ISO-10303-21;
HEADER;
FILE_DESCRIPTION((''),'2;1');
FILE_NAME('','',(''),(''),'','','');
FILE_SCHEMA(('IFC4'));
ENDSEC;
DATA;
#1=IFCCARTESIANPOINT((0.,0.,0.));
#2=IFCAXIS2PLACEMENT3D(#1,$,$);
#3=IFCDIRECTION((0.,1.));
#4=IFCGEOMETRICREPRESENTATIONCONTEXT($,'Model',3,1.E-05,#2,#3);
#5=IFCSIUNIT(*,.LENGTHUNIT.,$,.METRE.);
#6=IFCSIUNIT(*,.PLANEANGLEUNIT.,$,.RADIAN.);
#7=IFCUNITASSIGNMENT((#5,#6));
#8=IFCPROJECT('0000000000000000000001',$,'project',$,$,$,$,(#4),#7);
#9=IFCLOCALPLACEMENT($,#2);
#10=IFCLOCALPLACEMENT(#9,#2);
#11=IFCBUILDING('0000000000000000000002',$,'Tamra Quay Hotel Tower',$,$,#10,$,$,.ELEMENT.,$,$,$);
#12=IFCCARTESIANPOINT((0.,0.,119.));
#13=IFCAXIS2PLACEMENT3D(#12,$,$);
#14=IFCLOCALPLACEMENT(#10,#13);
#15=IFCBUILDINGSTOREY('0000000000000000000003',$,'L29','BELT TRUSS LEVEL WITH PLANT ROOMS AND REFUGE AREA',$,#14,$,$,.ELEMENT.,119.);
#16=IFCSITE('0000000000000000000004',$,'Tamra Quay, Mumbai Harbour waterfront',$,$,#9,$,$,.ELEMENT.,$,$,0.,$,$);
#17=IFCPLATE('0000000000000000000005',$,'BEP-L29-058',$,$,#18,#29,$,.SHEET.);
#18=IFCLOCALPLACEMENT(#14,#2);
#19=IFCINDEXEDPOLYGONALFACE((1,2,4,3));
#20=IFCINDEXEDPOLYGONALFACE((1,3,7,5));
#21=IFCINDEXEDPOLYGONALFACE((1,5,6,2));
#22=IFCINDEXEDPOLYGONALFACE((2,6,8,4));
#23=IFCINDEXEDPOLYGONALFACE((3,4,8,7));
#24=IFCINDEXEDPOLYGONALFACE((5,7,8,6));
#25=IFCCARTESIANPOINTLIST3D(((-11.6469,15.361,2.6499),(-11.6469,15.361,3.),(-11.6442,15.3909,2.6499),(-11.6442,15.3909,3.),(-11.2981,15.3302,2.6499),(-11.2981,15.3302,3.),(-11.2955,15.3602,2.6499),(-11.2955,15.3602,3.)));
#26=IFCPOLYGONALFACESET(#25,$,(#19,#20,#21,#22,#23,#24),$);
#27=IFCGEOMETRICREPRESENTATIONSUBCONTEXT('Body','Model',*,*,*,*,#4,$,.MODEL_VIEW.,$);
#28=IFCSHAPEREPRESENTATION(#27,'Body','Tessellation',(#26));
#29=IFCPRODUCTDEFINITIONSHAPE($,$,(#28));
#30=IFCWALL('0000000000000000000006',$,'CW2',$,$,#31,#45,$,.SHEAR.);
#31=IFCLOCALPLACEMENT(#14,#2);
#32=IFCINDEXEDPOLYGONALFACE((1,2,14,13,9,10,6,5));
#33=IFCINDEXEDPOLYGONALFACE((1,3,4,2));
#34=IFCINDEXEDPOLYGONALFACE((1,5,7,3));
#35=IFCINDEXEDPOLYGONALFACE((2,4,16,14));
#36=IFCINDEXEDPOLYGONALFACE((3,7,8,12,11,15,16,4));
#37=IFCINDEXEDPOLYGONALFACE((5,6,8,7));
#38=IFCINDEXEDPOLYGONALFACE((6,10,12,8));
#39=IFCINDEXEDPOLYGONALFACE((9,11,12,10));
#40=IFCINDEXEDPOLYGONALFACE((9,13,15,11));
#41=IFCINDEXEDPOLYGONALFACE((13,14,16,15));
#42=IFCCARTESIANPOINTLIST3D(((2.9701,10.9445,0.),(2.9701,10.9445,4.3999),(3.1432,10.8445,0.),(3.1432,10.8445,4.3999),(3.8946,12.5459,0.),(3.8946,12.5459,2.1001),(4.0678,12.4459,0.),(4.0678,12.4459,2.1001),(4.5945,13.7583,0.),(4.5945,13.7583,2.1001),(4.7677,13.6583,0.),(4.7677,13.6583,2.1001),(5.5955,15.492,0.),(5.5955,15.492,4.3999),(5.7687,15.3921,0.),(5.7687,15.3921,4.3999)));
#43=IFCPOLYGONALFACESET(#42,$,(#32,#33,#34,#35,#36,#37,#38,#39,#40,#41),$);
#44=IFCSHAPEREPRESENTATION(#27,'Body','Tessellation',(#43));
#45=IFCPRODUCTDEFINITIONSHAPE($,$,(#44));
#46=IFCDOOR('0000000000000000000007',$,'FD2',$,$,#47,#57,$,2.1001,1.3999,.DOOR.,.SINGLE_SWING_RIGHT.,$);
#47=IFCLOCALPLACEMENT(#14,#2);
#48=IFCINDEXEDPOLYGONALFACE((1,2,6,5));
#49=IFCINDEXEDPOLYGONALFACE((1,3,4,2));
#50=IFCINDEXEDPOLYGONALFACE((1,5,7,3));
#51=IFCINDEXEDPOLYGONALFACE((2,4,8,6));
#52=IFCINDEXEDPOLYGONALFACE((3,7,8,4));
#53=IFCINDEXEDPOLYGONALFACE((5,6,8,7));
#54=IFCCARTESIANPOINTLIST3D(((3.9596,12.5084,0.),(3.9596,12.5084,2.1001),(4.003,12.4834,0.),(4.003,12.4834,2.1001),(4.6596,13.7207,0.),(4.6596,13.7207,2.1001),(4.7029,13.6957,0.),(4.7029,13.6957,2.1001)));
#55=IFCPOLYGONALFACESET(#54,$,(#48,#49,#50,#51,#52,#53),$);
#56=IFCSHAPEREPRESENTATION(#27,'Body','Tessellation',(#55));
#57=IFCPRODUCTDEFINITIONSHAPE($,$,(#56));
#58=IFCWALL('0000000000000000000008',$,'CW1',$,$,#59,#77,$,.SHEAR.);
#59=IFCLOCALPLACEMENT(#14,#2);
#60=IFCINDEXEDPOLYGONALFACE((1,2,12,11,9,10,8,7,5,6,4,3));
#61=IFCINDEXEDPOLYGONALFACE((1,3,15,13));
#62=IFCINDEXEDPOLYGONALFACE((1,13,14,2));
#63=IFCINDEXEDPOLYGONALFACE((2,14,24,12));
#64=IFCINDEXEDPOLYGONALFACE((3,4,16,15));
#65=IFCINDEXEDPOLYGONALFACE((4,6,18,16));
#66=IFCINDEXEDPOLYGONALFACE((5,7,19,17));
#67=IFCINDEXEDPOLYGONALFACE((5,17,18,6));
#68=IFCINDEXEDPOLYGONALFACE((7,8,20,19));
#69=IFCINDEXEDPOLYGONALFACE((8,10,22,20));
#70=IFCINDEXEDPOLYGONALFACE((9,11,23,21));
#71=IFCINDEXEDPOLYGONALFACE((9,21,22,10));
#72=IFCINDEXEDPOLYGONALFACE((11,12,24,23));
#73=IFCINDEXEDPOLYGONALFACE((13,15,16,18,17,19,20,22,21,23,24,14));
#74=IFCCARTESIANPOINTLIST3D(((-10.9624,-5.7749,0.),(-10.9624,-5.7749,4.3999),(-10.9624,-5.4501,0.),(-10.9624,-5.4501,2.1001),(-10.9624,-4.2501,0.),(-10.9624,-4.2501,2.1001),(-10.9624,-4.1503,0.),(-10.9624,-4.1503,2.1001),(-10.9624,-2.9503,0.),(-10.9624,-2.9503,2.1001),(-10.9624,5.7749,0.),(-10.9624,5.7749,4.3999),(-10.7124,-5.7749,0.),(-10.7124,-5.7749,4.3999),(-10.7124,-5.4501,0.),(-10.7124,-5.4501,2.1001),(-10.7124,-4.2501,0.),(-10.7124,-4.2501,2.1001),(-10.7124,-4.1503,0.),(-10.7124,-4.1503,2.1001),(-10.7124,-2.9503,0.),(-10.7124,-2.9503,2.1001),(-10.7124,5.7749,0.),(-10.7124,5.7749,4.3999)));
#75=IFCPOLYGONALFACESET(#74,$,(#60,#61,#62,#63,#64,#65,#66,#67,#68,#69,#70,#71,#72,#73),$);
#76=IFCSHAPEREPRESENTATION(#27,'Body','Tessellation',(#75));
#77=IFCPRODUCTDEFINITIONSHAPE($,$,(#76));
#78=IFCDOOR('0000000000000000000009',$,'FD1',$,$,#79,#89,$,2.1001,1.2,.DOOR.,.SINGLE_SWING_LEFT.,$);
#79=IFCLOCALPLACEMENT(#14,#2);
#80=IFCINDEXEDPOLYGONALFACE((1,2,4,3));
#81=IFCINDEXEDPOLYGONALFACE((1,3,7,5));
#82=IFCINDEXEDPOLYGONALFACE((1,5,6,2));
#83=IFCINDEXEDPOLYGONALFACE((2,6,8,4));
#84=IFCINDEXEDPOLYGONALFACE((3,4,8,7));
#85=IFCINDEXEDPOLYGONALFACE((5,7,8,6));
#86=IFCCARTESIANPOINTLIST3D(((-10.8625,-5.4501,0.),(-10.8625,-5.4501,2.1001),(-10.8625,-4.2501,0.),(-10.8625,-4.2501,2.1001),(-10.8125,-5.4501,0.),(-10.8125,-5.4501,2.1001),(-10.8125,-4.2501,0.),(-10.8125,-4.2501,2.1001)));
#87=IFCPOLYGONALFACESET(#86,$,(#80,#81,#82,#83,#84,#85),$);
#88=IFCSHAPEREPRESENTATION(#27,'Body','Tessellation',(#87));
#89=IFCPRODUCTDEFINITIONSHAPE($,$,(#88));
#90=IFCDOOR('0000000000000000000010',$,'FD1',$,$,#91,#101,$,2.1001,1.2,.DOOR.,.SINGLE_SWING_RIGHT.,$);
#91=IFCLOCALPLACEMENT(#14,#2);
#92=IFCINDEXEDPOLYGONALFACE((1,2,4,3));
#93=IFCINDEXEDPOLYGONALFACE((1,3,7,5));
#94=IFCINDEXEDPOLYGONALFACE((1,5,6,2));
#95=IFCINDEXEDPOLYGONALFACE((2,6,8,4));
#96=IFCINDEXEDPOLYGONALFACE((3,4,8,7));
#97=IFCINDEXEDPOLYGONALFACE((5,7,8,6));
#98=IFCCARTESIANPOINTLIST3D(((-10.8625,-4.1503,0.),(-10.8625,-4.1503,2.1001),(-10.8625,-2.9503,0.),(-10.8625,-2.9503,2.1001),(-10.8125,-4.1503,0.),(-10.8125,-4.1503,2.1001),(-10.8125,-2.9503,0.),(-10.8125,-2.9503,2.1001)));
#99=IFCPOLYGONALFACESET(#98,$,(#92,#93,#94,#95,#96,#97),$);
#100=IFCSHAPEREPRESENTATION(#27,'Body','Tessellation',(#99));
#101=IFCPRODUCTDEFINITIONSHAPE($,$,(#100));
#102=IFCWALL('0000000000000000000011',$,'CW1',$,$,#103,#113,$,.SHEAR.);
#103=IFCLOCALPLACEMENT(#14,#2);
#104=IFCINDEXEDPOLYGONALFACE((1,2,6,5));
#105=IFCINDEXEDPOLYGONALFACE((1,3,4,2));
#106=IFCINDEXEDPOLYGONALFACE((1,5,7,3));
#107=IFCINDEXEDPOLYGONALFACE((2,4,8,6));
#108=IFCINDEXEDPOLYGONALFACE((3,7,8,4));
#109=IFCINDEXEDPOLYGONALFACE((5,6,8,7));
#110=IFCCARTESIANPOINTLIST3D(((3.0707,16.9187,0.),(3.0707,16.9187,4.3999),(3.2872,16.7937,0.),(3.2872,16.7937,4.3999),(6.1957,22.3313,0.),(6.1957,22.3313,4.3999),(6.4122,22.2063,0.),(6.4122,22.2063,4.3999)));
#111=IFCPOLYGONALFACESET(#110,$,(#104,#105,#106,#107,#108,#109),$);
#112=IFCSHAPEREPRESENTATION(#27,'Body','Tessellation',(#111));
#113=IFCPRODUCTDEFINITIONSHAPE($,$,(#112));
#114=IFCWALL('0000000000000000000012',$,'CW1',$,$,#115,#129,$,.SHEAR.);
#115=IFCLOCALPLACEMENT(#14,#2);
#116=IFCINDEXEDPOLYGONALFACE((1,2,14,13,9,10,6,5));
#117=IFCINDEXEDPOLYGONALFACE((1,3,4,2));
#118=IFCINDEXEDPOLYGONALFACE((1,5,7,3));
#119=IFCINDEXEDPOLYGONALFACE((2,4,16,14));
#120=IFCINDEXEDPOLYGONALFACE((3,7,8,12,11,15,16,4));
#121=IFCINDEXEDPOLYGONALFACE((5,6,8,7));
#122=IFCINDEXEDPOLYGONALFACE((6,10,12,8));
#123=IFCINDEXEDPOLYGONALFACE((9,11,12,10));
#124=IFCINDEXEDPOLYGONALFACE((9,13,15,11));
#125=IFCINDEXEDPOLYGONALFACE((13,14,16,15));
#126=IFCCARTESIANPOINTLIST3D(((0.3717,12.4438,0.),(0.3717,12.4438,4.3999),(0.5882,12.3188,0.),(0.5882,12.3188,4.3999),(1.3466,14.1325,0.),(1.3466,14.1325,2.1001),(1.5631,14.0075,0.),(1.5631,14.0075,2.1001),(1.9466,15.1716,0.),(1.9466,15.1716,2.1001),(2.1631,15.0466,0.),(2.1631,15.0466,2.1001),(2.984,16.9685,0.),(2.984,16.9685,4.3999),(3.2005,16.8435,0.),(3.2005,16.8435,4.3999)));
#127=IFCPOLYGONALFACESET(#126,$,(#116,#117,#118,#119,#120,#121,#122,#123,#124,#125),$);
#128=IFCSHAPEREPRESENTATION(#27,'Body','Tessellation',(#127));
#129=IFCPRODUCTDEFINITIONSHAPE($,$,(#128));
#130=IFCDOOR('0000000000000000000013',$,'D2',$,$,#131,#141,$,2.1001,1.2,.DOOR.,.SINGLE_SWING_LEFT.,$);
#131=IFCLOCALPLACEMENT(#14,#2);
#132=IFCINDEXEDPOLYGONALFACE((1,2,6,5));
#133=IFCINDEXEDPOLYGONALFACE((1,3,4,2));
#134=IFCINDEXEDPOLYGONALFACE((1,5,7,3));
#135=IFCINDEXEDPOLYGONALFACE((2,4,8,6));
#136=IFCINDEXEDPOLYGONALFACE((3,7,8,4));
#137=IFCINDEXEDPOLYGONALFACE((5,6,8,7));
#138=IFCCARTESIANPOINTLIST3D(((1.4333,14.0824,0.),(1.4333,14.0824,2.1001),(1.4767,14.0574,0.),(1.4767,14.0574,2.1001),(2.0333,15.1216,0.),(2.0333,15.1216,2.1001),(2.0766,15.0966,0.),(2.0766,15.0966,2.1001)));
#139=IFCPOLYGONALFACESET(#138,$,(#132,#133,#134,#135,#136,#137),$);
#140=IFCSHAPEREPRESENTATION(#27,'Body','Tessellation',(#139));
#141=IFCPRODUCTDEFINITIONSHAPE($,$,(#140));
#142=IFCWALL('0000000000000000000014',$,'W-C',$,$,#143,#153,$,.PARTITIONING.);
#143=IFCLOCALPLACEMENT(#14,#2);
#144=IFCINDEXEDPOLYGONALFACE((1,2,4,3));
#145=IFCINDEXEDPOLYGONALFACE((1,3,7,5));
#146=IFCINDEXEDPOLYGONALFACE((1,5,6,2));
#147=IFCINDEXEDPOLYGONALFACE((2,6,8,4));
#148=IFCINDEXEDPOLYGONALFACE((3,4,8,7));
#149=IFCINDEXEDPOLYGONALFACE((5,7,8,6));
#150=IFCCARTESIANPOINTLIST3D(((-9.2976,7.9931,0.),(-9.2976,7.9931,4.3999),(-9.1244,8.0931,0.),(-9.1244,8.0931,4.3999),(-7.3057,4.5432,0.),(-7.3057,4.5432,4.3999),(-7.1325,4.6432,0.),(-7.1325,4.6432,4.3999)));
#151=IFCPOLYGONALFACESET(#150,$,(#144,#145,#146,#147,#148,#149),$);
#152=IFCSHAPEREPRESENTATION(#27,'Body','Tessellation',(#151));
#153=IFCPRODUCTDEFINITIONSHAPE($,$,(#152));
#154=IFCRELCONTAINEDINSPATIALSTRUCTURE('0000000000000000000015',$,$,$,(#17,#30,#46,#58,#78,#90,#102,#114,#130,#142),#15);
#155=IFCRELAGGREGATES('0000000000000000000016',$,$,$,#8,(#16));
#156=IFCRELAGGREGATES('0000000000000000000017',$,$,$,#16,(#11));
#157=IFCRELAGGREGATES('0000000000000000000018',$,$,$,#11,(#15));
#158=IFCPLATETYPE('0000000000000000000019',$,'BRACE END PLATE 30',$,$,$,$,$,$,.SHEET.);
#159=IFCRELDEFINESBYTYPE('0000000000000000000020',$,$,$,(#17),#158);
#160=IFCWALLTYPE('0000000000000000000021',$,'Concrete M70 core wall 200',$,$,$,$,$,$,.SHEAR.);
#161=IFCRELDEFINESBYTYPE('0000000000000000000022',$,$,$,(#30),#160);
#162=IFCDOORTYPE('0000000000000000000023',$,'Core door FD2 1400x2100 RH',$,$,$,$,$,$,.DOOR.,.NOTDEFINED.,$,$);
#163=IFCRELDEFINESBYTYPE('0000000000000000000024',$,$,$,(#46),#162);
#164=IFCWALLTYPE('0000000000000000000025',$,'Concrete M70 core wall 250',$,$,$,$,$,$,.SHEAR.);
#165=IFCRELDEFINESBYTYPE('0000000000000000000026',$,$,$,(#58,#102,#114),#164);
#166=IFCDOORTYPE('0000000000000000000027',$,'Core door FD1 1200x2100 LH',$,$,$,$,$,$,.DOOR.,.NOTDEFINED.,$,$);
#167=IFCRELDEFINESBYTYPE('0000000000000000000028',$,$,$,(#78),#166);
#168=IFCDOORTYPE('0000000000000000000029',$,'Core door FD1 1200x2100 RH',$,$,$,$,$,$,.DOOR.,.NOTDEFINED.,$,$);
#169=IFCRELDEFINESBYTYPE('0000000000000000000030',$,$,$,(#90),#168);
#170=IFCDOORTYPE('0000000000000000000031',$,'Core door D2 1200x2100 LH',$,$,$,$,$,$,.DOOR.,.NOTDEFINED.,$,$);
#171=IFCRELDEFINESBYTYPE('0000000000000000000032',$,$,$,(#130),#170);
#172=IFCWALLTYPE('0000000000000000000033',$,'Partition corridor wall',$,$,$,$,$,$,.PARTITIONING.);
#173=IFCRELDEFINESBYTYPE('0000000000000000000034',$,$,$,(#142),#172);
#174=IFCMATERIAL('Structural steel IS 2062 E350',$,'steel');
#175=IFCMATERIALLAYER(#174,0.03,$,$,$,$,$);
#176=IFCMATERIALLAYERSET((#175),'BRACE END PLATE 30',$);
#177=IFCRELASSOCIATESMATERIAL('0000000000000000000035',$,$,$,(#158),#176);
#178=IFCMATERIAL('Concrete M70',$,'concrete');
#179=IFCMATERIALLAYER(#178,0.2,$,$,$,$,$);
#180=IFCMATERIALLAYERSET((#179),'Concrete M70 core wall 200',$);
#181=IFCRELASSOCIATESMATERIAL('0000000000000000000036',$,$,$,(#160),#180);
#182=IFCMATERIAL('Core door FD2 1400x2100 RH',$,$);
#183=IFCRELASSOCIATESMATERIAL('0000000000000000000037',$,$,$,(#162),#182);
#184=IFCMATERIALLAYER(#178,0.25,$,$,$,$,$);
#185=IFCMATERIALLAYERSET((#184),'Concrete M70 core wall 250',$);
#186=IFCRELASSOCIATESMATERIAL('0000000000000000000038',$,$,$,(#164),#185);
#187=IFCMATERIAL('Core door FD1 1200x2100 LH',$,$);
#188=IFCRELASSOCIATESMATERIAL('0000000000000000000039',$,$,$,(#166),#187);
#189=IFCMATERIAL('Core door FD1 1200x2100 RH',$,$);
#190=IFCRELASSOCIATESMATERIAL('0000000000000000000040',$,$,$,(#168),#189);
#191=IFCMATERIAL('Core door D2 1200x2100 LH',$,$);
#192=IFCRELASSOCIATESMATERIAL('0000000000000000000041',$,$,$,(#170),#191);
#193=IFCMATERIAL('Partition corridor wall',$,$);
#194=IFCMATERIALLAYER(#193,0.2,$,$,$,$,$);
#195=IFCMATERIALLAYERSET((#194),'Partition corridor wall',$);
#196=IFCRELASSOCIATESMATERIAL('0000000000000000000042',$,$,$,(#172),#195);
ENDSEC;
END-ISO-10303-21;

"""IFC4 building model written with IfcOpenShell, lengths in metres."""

from ifc_helpers import new_model, si_unit, direction, frame, frame_2d, origin, origin_2d, place, context, subcontext, project, spatial, rectangle, extrude, material, layer, layer_set, type_object, element, fill, save


model = new_model("IFC4")

# Units and contexts
model_context = context("Model", 3, precision=1e-05, world=origin(), true_north=direction((0.0, 1.0)))
body_context = subcontext(model_context, "Body", "Model", "MODEL_VIEW")
ifc_project = project(units=[si_unit("LENGTHUNIT", "METRE"), si_unit("PLANEANGLEUNIT", "RADIAN")], contexts=[model_context])

# Site, building, storey
site_placement = place(None, origin())
site = spatial("IfcSite", under=ifc_project, at=site_placement, Name="Tamra Quay, Mumbai Harbour waterfront", CompositionType="ELEMENT", RefElevation=0.0)
building_placement = place(site_placement, origin())
building = spatial("IfcBuilding", under=site, at=building_placement, Name="Tamra Quay Hotel Tower", CompositionType="ELEMENT")
storey_placement = place(building_placement, frame((0.0, 0.0, 119.0)))
storey = spatial("IfcBuildingStorey", under=building, at=storey_placement, Name="L29", Description="BELT TRUSS LEVEL WITH PLANT ROOMS AND REFUGE AREA", CompositionType="ELEMENT", Elevation=119.0)

# Shared definitions
ifc_material_1 = material(Name="Structural steel IS 2062 E350", Category="steel")

# Plate
ifc_layer_1 = layer(ifc_material_1, 0.03)
ifc_layer_set_1 = layer_set([ifc_layer_1], Name="BRACE END PLATE 30")
plate_type = type_object("IfcPlateType", Name="BRACE END PLATE 30", PredefinedType="SHEET", material=ifc_layer_set_1)
for number, where, z_axis, x_axis, name in (
    (1, (-11.4712, 15.3606, 2.6499), (0.0, 0.0, 1.0), (0.087935, 0.996126, 0.0), "BEP-L29-058"),
):
    element("IfcPlate", number, at=place(storey_placement, frame(where, z_axis=z_axis, x_axis=x_axis)), inside=storey, type_object=plate_type, Name=name, PredefinedType="SHEET", context=body_context, shape_type="SweptSolid", body=[
        extrude(rectangle(XDim=0.03, YDim=0.3501, at=origin_2d()), origin(), (0.0, 0.0, 1.0), 0.3501),
    ])

# Wall, opening, door
ifc_material_2 = material(Name="Concrete M70", Category="concrete")
ifc_layer_2 = layer(ifc_material_2, 0.2)
ifc_layer_set_2 = layer_set([ifc_layer_2], Name="Concrete M70 core wall 200")
wall_type_1 = type_object("IfcWallType", Name="Concrete M70 core wall 200", PredefinedType="SHEAR", material=ifc_layer_set_2)
wall_1_placement = place(storey_placement, frame((3.0566, 10.8945, 0.0), z_axis=(0.0, 0.0, 1.0), x_axis=(0.499989, 0.866032, 0.0)))
wall_1 = element("IfcWall", 2, at=wall_1_placement, inside=storey, type_object=wall_type_1, Name="CW2", PredefinedType="SHEAR", context=body_context, shape_type="SweptSolid", body=[
    extrude(rectangle(XDim=5.251, YDim=0.2, at=frame_2d((2.6255, 0.0))), origin(), (0.0, 0.0, 1.0), 4.3999),
])
opening_1_placement = place(wall_1_placement, frame((1.8491, 0.0, 0.0)))
opening_1 = element("IfcOpeningElement", 3, at=opening_1_placement, cuts=wall_1, PredefinedType="OPENING", context=body_context, shape_type="SweptSolid", body=[
    extrude(rectangle(XDim=1.3999, YDim=2.1001, at=frame_2d((0.7, 1.05))), frame((0.0, 0.1099, 0.0), z_axis=(0.0, -1.0, 0.0), x_axis=(1.0, 0.0, 0.0)), (0.0, 0.0, 1.0), 0.22),
])
ifc_material_3 = material(Name="Core door FD2 1400x2100 RH")
door_type_1 = type_object("IfcDoorType", Name="Core door FD2 1400x2100 RH", OperationType="NOTDEFINED", PredefinedType="DOOR", material=ifc_material_3)
door_1_placement = place(opening_1_placement, origin())
door_1 = element("IfcDoor", 4, at=door_1_placement, inside=storey, type_object=door_type_1, Name="FD2", OperationType="SINGLE_SWING_RIGHT", OverallHeight=2.1001, OverallWidth=1.3999, PredefinedType="DOOR", context=body_context, shape_type="SweptSolid", body=[
    extrude(rectangle(XDim=1.3999, YDim=2.1001, at=frame_2d((0.7, 1.05))), frame((0.0, 0.0249, 0.0), z_axis=(0.0, -1.0, 0.0), x_axis=(1.0, 0.0, 0.0)), (0.0, 0.0, 1.0), 0.05),
])
fill(opening_1, door_1)

# Wall, openings, doors
ifc_layer_3 = layer(ifc_material_2, 0.25)
ifc_layer_set_3 = layer_set([ifc_layer_3], Name="Concrete M70 core wall 250")
wall_type_2 = type_object("IfcWallType", Name="Concrete M70 core wall 250", PredefinedType="SHEAR", material=ifc_layer_set_3)
wall_2_placement = place(storey_placement, frame((-10.8374, 5.7749, 0.0), z_axis=(0.0, 0.0, 1.0), x_axis=(0.0, -1.0, 0.0)))
wall_2 = element("IfcWall", 5, at=wall_2_placement, inside=storey, type_object=wall_type_2, Name="CW1", PredefinedType="SHEAR", context=body_context, shape_type="SweptSolid", body=[
    extrude(rectangle(XDim=11.5498, YDim=0.25, at=frame_2d((5.7749, 0.0))), origin(), (0.0, 0.0, 1.0), 4.3999),
])
opening_2_placement = place(wall_2_placement, frame((10.0249, 0.0, 0.0)))
opening_2 = element("IfcOpeningElement", 6, at=opening_2_placement, cuts=wall_2, PredefinedType="OPENING", context=body_context, shape_type="SweptSolid", body=[
    extrude(rectangle(XDim=1.2, YDim=2.1001, at=frame_2d((0.6001, 1.05))), frame((0.0, 0.135, 0.0), z_axis=(0.0, -1.0, 0.0), x_axis=(1.0, 0.0, 0.0)), (0.0, 0.0, 1.0), 0.27),
])
opening_3_placement = place(wall_2_placement, frame((8.7251, 0.0, 0.0)))
opening_3 = element("IfcOpeningElement", 7, at=opening_3_placement, cuts=wall_2, PredefinedType="OPENING", context=body_context, shape_type="SweptSolid", body=[
    extrude(rectangle(XDim=1.2, YDim=2.1001, at=frame_2d((0.6001, 1.05))), frame((0.0, 0.135, 0.0), z_axis=(0.0, -1.0, 0.0), x_axis=(1.0, 0.0, 0.0)), (0.0, 0.0, 1.0), 0.27),
])
ifc_material_4 = material(Name="Core door FD1 1200x2100 LH")
door_type_2 = type_object("IfcDoorType", Name="Core door FD1 1200x2100 LH", OperationType="NOTDEFINED", PredefinedType="DOOR", material=ifc_material_4)
door_2_placement = place(opening_2_placement, origin())
door_2 = element("IfcDoor", 8, at=door_2_placement, inside=storey, type_object=door_type_2, Name="FD1", OperationType="SINGLE_SWING_LEFT", OverallHeight=2.1001, OverallWidth=1.2, PredefinedType="DOOR", context=body_context, shape_type="SweptSolid", body=[
    extrude(rectangle(XDim=1.2, YDim=2.1001, at=frame_2d((0.6001, 1.05))), frame((0.0, 0.0249, 0.0), z_axis=(0.0, -1.0, 0.0), x_axis=(1.0, 0.0, 0.0)), (0.0, 0.0, 1.0), 0.05),
])
fill(opening_2, door_2)
ifc_material_5 = material(Name="Core door FD1 1200x2100 RH")
door_type_3 = type_object("IfcDoorType", Name="Core door FD1 1200x2100 RH", OperationType="NOTDEFINED", PredefinedType="DOOR", material=ifc_material_5)
door_3_placement = place(opening_3_placement, origin())
door_3 = element("IfcDoor", 9, at=door_3_placement, inside=storey, type_object=door_type_3, Name="FD1", OperationType="SINGLE_SWING_RIGHT", OverallHeight=2.1001, OverallWidth=1.2, PredefinedType="DOOR", context=body_context, shape_type="SweptSolid", body=[
    extrude(rectangle(XDim=1.2, YDim=2.1001, at=frame_2d((0.6001, 1.05))), frame((0.0, 0.0249, 0.0), z_axis=(0.0, -1.0, 0.0), x_axis=(1.0, 0.0, 0.0)), (0.0, 0.0, 1.0), 0.05),
])
fill(opening_3, door_3)

# Wall
wall_3_placement = place(storey_placement, frame((3.179, 16.8562, 0.0), z_axis=(0.0, 0.0, 1.0), x_axis=(0.500004, 0.866023, 0.0)))
element("IfcWall", 10, at=wall_3_placement, inside=storey, type_object=wall_type_2, Name="CW1", PredefinedType="SHEAR", context=body_context, shape_type="SweptSolid", body=[
    extrude(rectangle(XDim=6.25, YDim=0.25, at=frame_2d((3.125, 0.0))), origin(), (0.0, 0.0, 1.0), 4.3999),
])

# Wall, opening, door
wall_4_placement = place(storey_placement, frame((0.48, 12.3813, 0.0), z_axis=(0.0, 0.0, 1.0), x_axis=(0.499999, 0.866026, 0.0)))
wall_4 = element("IfcWall", 11, at=wall_4_placement, inside=storey, type_object=wall_type_2, Name="CW1", PredefinedType="SHEAR", context=body_context, shape_type="SweptSolid", body=[
    extrude(rectangle(XDim=5.2246, YDim=0.25, at=frame_2d((2.6123, 0.0))), origin(), (0.0, 0.0, 1.0), 4.3999),
])
opening_4_placement = place(wall_4_placement, frame((1.9497, 0.0, 0.0)))
opening_4 = element("IfcOpeningElement", 12, at=opening_4_placement, cuts=wall_4, PredefinedType="OPENING", context=body_context, shape_type="SweptSolid", body=[
    extrude(rectangle(XDim=1.2, YDim=2.1001, at=frame_2d((0.6001, 1.05))), frame((0.0, 0.135, 0.0), z_axis=(0.0, -1.0, 0.0), x_axis=(1.0, 0.0, 0.0)), (0.0, 0.0, 1.0), 0.27),
])
ifc_material_6 = material(Name="Core door D2 1200x2100 LH")
door_type_4 = type_object("IfcDoorType", Name="Core door D2 1200x2100 LH", OperationType="NOTDEFINED", PredefinedType="DOOR", material=ifc_material_6)
door_4_placement = place(opening_4_placement, origin())
door_4 = element("IfcDoor", 13, at=door_4_placement, inside=storey, type_object=door_type_4, Name="D2", OperationType="SINGLE_SWING_LEFT", OverallHeight=2.1001, OverallWidth=1.2, PredefinedType="DOOR", context=body_context, shape_type="SweptSolid", body=[
    extrude(rectangle(XDim=1.2, YDim=2.1001, at=frame_2d((0.6001, 1.05))), frame((0.0, 0.0249, 0.0), z_axis=(0.0, -1.0, 0.0), x_axis=(1.0, 0.0, 0.0)), (0.0, 0.0, 1.0), 0.05),
])
fill(opening_4, door_4)

# Wall
ifc_material_7 = material(Name="Partition corridor wall")
ifc_layer_4 = layer(ifc_material_7, 0.2)
ifc_layer_set_4 = layer_set([ifc_layer_4], Name="Partition corridor wall")
wall_type_3 = type_object("IfcWallType", Name="Partition corridor wall", PredefinedType="PARTITIONING", material=ifc_layer_set_4)
wall_5_placement = place(storey_placement, frame((-9.2109, 8.043, 0.0), z_axis=(0.0, 0.0, 1.0), x_axis=(0.500021, -0.866013, 0.0)))
element("IfcWall", 14, at=wall_5_placement, inside=storey, type_object=wall_type_3, Name="W-C", PredefinedType="PARTITIONING", context=body_context, shape_type="SweptSolid", body=[
    extrude(rectangle(XDim=3.9836, YDim=0.2, at=frame_2d((1.9917, 0.0))), origin(), (0.0, 0.0, 1.0), 4.3999),
])

save(model, "model.ifc")
